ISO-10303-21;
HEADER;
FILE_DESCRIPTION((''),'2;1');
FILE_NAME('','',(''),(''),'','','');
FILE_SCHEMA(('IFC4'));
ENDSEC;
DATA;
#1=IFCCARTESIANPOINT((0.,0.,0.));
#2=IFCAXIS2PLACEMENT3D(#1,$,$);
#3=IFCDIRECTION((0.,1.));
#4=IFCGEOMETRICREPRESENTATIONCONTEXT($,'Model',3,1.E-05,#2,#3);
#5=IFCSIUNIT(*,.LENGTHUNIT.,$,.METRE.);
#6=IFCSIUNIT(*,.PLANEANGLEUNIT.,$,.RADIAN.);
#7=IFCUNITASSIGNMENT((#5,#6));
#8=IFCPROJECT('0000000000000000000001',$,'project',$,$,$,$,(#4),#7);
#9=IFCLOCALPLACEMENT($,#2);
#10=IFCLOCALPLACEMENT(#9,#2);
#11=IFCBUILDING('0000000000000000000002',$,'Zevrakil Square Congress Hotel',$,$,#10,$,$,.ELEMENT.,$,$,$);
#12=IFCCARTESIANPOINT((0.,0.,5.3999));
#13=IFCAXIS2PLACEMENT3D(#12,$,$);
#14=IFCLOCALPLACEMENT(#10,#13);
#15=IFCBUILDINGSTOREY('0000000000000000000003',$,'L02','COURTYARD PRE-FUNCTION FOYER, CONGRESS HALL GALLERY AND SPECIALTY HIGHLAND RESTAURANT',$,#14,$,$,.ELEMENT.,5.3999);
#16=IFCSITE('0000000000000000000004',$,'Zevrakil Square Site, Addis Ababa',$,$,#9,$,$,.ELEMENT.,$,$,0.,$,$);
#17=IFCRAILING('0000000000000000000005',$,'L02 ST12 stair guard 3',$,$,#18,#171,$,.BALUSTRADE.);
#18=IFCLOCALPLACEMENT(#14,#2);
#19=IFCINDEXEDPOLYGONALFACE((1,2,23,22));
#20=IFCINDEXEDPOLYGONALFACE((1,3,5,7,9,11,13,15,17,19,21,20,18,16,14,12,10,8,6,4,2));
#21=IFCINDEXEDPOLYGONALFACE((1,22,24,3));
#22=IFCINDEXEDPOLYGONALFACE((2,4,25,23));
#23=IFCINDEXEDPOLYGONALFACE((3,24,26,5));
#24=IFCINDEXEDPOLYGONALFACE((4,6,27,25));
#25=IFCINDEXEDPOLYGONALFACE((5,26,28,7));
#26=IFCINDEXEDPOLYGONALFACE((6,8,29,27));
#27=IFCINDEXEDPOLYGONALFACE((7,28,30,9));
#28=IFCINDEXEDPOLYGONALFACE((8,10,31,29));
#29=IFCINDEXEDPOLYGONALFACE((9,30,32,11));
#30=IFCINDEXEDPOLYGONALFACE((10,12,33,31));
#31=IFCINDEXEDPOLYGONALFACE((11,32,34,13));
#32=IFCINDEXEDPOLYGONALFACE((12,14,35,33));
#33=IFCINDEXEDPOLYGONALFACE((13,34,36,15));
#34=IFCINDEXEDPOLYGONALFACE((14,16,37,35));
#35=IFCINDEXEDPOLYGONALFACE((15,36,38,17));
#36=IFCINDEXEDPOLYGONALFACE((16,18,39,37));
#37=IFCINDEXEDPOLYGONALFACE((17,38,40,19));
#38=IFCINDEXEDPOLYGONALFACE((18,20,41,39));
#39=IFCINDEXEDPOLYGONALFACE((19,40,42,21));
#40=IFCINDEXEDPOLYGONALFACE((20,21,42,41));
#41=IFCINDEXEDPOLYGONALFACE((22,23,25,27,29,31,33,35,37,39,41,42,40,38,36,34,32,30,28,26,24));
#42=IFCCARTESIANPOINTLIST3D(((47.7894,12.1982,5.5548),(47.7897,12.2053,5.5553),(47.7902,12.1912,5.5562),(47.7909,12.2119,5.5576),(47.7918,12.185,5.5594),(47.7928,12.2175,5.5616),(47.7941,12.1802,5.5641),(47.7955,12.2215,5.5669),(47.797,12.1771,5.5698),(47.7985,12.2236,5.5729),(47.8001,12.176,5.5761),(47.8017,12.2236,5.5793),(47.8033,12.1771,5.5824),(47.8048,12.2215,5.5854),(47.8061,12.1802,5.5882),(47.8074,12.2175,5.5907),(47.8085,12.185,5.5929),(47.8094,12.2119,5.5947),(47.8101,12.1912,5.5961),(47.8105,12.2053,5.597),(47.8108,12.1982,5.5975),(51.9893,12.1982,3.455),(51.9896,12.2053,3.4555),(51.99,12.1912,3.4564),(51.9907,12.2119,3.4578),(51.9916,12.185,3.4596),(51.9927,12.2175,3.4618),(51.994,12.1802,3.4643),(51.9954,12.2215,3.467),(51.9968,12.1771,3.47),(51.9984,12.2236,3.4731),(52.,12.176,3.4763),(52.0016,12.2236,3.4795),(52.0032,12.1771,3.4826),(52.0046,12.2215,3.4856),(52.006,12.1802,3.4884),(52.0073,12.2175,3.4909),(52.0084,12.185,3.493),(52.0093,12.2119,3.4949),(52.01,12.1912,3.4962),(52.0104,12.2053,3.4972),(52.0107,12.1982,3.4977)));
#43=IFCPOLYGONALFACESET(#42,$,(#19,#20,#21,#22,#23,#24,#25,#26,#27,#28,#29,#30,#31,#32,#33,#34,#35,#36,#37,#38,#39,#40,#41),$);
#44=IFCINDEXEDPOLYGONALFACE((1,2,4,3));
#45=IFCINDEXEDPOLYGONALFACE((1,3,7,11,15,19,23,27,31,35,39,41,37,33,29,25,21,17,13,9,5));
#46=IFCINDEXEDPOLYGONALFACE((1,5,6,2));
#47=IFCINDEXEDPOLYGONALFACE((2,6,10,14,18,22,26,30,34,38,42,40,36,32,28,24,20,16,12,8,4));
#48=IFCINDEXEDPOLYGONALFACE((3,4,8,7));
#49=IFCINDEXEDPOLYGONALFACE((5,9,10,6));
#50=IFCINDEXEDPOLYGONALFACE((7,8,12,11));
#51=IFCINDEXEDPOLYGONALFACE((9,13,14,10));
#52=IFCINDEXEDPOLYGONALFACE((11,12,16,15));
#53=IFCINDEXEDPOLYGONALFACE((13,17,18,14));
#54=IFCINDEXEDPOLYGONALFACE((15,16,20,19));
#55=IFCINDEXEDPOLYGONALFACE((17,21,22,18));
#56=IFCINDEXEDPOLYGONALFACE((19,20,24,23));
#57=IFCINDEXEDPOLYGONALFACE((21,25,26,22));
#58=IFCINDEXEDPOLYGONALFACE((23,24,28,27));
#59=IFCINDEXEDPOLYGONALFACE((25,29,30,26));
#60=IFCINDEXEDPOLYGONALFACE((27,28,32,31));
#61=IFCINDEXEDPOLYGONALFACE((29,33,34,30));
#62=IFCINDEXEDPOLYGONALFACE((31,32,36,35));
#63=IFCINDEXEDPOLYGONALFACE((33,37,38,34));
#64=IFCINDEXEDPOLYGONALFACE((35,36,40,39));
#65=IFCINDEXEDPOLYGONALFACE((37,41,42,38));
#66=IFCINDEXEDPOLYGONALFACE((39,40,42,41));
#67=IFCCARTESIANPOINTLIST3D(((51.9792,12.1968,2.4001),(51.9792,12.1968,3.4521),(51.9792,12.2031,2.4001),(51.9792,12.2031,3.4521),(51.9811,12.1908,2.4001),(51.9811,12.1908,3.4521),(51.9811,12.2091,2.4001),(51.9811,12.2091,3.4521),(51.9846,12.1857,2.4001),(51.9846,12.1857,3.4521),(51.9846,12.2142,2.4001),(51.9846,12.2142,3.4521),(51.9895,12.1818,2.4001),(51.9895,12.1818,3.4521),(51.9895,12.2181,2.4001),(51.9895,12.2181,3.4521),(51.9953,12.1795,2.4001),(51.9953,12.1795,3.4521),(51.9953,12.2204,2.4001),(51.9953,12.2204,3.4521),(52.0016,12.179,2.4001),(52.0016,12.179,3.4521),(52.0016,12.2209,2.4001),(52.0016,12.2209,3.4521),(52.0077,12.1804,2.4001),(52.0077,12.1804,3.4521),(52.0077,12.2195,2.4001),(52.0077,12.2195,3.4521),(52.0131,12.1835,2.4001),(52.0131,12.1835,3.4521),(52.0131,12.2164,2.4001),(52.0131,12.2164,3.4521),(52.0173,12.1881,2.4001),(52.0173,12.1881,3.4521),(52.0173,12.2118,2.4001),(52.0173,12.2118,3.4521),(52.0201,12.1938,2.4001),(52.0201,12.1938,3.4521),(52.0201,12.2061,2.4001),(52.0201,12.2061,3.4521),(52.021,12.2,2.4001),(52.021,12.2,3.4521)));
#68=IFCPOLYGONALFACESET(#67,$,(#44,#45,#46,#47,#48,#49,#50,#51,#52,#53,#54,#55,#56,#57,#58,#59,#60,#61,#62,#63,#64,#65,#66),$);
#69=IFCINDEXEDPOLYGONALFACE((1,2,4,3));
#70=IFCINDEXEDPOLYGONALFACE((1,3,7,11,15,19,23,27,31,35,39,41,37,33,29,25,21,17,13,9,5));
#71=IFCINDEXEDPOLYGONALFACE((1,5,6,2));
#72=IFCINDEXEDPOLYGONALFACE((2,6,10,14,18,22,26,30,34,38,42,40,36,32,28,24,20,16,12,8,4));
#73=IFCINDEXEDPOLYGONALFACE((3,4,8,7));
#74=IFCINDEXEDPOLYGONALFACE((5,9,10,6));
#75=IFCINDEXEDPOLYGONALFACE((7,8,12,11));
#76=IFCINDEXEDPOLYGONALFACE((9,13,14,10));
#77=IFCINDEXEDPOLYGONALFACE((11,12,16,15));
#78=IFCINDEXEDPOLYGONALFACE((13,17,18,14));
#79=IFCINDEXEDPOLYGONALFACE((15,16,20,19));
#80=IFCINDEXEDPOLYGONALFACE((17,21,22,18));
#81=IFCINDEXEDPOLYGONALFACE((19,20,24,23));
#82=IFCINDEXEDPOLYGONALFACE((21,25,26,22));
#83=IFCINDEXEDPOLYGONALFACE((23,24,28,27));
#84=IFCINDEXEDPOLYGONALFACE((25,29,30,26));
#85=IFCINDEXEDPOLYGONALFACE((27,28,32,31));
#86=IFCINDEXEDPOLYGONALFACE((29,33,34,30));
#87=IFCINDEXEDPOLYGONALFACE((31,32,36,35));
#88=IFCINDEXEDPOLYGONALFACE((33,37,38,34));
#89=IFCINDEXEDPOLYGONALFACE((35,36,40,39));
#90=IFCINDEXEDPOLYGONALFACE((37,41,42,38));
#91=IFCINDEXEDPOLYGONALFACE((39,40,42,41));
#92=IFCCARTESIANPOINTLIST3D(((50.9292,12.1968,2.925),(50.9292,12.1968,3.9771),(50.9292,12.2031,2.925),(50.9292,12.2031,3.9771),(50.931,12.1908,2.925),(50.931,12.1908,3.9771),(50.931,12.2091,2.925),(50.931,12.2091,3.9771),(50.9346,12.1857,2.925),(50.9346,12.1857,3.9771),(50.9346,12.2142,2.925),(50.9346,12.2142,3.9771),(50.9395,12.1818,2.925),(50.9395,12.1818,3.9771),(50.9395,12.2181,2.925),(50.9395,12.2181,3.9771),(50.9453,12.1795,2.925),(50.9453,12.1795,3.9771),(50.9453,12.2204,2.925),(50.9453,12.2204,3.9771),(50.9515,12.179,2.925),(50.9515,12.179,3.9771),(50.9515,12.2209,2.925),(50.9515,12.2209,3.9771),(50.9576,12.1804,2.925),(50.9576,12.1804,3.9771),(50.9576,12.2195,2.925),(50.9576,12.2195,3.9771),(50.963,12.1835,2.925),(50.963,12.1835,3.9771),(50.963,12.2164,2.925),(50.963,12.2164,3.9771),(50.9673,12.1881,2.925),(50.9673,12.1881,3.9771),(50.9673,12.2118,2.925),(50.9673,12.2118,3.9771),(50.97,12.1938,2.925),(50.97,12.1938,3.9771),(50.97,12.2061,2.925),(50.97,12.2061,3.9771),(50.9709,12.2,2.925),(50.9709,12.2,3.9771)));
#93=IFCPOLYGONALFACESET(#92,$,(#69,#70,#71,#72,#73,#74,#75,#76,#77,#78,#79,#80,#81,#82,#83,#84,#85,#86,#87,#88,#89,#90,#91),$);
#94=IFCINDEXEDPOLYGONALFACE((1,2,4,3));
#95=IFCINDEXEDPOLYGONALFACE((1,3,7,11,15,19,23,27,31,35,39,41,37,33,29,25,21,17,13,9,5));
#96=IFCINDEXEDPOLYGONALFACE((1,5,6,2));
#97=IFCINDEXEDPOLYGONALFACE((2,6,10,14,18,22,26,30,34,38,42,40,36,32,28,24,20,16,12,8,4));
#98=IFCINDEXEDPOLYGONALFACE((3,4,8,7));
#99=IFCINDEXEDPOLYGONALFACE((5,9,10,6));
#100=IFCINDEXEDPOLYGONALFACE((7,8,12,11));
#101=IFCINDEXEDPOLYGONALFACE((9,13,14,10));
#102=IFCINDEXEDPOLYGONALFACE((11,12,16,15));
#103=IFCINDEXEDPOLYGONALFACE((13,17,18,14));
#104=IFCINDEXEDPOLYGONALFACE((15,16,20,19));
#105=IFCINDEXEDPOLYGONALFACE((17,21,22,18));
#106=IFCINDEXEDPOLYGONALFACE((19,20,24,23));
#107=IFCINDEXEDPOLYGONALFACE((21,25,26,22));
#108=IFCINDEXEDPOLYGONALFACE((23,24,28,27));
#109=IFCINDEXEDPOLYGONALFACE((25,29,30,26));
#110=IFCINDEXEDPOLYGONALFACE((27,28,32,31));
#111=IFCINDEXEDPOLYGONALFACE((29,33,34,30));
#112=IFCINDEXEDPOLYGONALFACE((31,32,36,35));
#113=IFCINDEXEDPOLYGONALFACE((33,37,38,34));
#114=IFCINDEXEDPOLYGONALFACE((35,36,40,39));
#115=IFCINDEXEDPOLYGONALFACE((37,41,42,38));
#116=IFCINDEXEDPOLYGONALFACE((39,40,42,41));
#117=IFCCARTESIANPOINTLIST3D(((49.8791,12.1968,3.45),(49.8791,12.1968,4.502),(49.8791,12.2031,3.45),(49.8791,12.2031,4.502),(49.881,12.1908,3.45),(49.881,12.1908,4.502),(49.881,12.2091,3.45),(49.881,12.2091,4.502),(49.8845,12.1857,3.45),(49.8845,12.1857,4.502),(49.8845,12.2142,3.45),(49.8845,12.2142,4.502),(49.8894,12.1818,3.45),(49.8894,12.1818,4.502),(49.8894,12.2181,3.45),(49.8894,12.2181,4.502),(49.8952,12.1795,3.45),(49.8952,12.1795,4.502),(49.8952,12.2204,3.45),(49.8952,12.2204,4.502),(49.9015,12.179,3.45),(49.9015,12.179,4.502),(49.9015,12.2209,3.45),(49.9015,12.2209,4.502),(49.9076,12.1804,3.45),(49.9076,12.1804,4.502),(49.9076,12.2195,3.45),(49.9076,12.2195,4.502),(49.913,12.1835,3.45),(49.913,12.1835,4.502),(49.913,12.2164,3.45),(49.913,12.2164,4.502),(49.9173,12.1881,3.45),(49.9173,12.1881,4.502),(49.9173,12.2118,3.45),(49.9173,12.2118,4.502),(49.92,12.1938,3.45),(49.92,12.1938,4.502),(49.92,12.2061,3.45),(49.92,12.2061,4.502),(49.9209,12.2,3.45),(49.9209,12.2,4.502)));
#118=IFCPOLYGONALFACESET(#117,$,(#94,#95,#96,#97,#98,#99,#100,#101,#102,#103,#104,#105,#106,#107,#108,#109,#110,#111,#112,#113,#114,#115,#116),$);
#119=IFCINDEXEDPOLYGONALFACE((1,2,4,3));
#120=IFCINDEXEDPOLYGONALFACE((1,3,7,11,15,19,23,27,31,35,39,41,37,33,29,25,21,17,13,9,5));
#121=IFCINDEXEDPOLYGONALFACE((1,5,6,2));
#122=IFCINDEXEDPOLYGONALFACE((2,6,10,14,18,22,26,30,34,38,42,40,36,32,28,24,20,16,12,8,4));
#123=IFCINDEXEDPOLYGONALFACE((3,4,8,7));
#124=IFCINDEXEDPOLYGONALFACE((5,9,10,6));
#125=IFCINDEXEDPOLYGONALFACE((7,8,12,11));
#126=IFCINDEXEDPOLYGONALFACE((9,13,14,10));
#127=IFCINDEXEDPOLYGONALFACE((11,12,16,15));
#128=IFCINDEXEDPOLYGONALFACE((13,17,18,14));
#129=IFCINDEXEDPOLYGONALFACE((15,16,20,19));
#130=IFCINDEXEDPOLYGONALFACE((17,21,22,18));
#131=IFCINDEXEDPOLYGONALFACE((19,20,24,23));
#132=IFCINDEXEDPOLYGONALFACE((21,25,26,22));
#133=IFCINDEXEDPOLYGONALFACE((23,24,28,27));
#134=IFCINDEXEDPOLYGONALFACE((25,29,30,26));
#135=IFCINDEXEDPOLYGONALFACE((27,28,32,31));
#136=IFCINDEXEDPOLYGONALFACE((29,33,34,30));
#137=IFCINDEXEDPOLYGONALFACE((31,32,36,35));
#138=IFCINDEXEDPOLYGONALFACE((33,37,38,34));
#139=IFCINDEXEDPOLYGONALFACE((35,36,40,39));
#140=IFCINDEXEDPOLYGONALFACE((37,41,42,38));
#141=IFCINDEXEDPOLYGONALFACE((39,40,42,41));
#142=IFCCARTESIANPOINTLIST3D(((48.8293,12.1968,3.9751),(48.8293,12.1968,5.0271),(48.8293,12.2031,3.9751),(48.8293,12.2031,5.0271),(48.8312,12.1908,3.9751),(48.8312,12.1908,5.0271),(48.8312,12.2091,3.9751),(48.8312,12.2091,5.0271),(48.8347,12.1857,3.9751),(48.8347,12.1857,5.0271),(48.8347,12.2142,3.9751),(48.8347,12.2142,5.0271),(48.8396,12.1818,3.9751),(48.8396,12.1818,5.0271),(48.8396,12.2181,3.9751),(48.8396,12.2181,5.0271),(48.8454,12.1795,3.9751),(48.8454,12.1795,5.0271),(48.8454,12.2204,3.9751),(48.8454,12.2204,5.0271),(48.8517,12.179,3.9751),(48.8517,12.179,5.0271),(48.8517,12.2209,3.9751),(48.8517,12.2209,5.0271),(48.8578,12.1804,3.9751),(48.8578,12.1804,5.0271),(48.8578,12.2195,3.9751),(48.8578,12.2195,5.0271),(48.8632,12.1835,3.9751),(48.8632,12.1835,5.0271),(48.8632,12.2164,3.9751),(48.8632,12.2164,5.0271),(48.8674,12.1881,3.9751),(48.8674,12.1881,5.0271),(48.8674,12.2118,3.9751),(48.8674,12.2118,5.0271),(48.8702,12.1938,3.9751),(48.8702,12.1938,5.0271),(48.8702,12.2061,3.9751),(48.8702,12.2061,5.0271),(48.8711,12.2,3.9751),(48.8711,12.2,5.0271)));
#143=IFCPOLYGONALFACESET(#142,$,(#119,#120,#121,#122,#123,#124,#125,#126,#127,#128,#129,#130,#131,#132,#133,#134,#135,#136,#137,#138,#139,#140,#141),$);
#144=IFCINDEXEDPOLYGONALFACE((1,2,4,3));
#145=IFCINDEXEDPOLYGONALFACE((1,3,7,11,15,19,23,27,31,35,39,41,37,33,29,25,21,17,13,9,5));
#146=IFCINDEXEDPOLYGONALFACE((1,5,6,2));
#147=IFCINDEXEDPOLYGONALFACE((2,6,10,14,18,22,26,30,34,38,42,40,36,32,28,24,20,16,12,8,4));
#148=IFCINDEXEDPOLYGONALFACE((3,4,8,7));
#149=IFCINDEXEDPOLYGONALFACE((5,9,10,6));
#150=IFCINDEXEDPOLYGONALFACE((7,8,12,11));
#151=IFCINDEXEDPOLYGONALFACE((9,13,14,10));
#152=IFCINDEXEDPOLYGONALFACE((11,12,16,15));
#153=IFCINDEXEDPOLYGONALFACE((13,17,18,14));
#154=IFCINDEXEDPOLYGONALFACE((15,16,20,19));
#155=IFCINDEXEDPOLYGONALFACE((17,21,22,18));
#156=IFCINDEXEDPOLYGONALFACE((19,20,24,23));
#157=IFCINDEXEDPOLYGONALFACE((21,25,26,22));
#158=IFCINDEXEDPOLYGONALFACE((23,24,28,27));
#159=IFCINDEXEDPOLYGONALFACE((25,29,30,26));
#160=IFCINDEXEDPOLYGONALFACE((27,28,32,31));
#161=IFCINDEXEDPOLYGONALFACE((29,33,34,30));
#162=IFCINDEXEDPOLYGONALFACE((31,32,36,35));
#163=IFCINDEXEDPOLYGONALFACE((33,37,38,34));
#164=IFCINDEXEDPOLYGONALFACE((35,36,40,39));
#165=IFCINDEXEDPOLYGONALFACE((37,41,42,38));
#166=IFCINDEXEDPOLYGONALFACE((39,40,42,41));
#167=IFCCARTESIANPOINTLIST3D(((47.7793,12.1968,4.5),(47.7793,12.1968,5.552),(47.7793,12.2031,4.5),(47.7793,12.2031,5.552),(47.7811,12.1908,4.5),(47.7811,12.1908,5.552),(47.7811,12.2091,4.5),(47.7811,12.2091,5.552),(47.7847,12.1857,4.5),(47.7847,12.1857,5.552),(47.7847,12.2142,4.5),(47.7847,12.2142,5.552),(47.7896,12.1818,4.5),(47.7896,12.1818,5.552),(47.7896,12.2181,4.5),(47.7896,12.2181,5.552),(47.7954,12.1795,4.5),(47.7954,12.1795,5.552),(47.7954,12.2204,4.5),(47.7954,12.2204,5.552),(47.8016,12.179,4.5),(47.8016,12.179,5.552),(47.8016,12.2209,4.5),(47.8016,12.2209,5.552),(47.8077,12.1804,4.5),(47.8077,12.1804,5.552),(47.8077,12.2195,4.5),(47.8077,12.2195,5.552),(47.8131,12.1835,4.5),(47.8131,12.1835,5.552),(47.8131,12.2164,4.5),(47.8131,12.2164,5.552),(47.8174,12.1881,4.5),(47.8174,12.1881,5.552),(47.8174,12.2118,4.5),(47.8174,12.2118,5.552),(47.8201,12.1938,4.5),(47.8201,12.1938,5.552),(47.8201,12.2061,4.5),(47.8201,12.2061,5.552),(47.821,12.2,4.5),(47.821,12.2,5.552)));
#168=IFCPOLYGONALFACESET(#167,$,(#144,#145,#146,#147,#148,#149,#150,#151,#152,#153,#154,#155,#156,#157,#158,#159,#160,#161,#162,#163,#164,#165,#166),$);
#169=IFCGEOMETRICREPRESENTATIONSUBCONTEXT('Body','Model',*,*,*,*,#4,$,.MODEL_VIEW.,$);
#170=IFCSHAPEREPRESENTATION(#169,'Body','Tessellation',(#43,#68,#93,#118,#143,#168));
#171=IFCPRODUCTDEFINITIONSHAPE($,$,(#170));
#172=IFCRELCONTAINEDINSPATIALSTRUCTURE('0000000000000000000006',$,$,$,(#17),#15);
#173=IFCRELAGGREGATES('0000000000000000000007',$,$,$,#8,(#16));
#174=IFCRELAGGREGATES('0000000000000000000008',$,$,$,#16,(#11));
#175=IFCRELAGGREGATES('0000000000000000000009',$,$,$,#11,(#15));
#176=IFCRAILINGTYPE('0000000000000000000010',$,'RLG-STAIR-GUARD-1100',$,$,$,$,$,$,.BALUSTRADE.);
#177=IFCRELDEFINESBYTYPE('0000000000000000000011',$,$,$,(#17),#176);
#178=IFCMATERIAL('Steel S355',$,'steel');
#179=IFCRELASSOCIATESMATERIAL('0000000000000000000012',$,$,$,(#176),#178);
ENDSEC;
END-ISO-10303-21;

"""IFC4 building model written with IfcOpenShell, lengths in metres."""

from ifc_helpers import new_model, si_unit, direction, frame, origin, origin_2d, place, context, subcontext, project, spatial, circle, extrude, material, type_object, element, save


model = new_model("IFC4")

# Units and contexts
model_context = context("Model", 3, precision=1e-05, world=origin(), true_north=direction((0.0, 1.0)))
body_context = subcontext(model_context, "Body", "Model", "MODEL_VIEW")
ifc_project = project(units=[si_unit("LENGTHUNIT", "METRE"), si_unit("PLANEANGLEUNIT", "RADIAN")], contexts=[model_context])

# Site, building, storey
site_placement = place(None, origin())
site = spatial("IfcSite", under=ifc_project, at=site_placement, Name="Zevrakil Square Site, Addis Ababa", CompositionType="ELEMENT", RefElevation=0.0)
building_placement = place(site_placement, origin())
building = spatial("IfcBuilding", under=site, at=building_placement, Name="Zevrakil Square Congress Hotel", CompositionType="ELEMENT")
storey_placement = place(building_placement, frame((0.0, 0.0, 5.3999)))
storey = spatial("IfcBuildingStorey", under=building, at=storey_placement, Name="L02", Description="COURTYARD PRE-FUNCTION FOYER, CONGRESS HALL GALLERY AND SPECIALTY HIGHLAND RESTAURANT", CompositionType="ELEMENT", Elevation=5.3999)

# Railing
ifc_material_1 = material(Name="Steel S355", Category="steel")
railing_type = type_object("IfcRailingType", Name="RLG-STAIR-GUARD-1100", PredefinedType="BALUSTRADE", material=ifc_material_1)
railing_placement = place(storey_placement, frame((52.0, 12.2, 2.4001)))
element("IfcRailing", 1, at=railing_placement, inside=storey, type_object=railing_type, Name="L02 ST12 stair guard 3", PredefinedType="BALUSTRADE", context=body_context, shape_type="SweptSolid", body=[
    extrude(circle(Radius=0.0239, at=origin_2d()), frame((0.0, 0.0, 1.0762), z_axis=(-0.894438, 0.0, 0.447193), x_axis=(0.0, -1.0, 0.0)), (0.0, 0.0, 1.0), 4.6956),
    extrude(circle(Radius=0.021, at=origin_2d()), origin(), (0.0, 0.0, 1.0), 1.052),
    extrude(circle(Radius=0.021, at=origin_2d()), frame((-1.05, 0.0, 0.5249)), (0.0, 0.0, 1.0), 1.052),
    extrude(circle(Radius=0.021, at=origin_2d()), frame((-2.1001, 0.0, 1.0498)), (0.0, 0.0, 1.0), 1.052),
    extrude(circle(Radius=0.021, at=origin_2d()), frame((-3.1499, 0.0, 1.575)), (0.0, 0.0, 1.0), 1.052),
    extrude(circle(Radius=0.021, at=origin_2d()), frame((-4.2, 0.0, 2.0999)), (0.0, 0.0, 1.0), 1.052),
])

save(model, "model.ifc")
